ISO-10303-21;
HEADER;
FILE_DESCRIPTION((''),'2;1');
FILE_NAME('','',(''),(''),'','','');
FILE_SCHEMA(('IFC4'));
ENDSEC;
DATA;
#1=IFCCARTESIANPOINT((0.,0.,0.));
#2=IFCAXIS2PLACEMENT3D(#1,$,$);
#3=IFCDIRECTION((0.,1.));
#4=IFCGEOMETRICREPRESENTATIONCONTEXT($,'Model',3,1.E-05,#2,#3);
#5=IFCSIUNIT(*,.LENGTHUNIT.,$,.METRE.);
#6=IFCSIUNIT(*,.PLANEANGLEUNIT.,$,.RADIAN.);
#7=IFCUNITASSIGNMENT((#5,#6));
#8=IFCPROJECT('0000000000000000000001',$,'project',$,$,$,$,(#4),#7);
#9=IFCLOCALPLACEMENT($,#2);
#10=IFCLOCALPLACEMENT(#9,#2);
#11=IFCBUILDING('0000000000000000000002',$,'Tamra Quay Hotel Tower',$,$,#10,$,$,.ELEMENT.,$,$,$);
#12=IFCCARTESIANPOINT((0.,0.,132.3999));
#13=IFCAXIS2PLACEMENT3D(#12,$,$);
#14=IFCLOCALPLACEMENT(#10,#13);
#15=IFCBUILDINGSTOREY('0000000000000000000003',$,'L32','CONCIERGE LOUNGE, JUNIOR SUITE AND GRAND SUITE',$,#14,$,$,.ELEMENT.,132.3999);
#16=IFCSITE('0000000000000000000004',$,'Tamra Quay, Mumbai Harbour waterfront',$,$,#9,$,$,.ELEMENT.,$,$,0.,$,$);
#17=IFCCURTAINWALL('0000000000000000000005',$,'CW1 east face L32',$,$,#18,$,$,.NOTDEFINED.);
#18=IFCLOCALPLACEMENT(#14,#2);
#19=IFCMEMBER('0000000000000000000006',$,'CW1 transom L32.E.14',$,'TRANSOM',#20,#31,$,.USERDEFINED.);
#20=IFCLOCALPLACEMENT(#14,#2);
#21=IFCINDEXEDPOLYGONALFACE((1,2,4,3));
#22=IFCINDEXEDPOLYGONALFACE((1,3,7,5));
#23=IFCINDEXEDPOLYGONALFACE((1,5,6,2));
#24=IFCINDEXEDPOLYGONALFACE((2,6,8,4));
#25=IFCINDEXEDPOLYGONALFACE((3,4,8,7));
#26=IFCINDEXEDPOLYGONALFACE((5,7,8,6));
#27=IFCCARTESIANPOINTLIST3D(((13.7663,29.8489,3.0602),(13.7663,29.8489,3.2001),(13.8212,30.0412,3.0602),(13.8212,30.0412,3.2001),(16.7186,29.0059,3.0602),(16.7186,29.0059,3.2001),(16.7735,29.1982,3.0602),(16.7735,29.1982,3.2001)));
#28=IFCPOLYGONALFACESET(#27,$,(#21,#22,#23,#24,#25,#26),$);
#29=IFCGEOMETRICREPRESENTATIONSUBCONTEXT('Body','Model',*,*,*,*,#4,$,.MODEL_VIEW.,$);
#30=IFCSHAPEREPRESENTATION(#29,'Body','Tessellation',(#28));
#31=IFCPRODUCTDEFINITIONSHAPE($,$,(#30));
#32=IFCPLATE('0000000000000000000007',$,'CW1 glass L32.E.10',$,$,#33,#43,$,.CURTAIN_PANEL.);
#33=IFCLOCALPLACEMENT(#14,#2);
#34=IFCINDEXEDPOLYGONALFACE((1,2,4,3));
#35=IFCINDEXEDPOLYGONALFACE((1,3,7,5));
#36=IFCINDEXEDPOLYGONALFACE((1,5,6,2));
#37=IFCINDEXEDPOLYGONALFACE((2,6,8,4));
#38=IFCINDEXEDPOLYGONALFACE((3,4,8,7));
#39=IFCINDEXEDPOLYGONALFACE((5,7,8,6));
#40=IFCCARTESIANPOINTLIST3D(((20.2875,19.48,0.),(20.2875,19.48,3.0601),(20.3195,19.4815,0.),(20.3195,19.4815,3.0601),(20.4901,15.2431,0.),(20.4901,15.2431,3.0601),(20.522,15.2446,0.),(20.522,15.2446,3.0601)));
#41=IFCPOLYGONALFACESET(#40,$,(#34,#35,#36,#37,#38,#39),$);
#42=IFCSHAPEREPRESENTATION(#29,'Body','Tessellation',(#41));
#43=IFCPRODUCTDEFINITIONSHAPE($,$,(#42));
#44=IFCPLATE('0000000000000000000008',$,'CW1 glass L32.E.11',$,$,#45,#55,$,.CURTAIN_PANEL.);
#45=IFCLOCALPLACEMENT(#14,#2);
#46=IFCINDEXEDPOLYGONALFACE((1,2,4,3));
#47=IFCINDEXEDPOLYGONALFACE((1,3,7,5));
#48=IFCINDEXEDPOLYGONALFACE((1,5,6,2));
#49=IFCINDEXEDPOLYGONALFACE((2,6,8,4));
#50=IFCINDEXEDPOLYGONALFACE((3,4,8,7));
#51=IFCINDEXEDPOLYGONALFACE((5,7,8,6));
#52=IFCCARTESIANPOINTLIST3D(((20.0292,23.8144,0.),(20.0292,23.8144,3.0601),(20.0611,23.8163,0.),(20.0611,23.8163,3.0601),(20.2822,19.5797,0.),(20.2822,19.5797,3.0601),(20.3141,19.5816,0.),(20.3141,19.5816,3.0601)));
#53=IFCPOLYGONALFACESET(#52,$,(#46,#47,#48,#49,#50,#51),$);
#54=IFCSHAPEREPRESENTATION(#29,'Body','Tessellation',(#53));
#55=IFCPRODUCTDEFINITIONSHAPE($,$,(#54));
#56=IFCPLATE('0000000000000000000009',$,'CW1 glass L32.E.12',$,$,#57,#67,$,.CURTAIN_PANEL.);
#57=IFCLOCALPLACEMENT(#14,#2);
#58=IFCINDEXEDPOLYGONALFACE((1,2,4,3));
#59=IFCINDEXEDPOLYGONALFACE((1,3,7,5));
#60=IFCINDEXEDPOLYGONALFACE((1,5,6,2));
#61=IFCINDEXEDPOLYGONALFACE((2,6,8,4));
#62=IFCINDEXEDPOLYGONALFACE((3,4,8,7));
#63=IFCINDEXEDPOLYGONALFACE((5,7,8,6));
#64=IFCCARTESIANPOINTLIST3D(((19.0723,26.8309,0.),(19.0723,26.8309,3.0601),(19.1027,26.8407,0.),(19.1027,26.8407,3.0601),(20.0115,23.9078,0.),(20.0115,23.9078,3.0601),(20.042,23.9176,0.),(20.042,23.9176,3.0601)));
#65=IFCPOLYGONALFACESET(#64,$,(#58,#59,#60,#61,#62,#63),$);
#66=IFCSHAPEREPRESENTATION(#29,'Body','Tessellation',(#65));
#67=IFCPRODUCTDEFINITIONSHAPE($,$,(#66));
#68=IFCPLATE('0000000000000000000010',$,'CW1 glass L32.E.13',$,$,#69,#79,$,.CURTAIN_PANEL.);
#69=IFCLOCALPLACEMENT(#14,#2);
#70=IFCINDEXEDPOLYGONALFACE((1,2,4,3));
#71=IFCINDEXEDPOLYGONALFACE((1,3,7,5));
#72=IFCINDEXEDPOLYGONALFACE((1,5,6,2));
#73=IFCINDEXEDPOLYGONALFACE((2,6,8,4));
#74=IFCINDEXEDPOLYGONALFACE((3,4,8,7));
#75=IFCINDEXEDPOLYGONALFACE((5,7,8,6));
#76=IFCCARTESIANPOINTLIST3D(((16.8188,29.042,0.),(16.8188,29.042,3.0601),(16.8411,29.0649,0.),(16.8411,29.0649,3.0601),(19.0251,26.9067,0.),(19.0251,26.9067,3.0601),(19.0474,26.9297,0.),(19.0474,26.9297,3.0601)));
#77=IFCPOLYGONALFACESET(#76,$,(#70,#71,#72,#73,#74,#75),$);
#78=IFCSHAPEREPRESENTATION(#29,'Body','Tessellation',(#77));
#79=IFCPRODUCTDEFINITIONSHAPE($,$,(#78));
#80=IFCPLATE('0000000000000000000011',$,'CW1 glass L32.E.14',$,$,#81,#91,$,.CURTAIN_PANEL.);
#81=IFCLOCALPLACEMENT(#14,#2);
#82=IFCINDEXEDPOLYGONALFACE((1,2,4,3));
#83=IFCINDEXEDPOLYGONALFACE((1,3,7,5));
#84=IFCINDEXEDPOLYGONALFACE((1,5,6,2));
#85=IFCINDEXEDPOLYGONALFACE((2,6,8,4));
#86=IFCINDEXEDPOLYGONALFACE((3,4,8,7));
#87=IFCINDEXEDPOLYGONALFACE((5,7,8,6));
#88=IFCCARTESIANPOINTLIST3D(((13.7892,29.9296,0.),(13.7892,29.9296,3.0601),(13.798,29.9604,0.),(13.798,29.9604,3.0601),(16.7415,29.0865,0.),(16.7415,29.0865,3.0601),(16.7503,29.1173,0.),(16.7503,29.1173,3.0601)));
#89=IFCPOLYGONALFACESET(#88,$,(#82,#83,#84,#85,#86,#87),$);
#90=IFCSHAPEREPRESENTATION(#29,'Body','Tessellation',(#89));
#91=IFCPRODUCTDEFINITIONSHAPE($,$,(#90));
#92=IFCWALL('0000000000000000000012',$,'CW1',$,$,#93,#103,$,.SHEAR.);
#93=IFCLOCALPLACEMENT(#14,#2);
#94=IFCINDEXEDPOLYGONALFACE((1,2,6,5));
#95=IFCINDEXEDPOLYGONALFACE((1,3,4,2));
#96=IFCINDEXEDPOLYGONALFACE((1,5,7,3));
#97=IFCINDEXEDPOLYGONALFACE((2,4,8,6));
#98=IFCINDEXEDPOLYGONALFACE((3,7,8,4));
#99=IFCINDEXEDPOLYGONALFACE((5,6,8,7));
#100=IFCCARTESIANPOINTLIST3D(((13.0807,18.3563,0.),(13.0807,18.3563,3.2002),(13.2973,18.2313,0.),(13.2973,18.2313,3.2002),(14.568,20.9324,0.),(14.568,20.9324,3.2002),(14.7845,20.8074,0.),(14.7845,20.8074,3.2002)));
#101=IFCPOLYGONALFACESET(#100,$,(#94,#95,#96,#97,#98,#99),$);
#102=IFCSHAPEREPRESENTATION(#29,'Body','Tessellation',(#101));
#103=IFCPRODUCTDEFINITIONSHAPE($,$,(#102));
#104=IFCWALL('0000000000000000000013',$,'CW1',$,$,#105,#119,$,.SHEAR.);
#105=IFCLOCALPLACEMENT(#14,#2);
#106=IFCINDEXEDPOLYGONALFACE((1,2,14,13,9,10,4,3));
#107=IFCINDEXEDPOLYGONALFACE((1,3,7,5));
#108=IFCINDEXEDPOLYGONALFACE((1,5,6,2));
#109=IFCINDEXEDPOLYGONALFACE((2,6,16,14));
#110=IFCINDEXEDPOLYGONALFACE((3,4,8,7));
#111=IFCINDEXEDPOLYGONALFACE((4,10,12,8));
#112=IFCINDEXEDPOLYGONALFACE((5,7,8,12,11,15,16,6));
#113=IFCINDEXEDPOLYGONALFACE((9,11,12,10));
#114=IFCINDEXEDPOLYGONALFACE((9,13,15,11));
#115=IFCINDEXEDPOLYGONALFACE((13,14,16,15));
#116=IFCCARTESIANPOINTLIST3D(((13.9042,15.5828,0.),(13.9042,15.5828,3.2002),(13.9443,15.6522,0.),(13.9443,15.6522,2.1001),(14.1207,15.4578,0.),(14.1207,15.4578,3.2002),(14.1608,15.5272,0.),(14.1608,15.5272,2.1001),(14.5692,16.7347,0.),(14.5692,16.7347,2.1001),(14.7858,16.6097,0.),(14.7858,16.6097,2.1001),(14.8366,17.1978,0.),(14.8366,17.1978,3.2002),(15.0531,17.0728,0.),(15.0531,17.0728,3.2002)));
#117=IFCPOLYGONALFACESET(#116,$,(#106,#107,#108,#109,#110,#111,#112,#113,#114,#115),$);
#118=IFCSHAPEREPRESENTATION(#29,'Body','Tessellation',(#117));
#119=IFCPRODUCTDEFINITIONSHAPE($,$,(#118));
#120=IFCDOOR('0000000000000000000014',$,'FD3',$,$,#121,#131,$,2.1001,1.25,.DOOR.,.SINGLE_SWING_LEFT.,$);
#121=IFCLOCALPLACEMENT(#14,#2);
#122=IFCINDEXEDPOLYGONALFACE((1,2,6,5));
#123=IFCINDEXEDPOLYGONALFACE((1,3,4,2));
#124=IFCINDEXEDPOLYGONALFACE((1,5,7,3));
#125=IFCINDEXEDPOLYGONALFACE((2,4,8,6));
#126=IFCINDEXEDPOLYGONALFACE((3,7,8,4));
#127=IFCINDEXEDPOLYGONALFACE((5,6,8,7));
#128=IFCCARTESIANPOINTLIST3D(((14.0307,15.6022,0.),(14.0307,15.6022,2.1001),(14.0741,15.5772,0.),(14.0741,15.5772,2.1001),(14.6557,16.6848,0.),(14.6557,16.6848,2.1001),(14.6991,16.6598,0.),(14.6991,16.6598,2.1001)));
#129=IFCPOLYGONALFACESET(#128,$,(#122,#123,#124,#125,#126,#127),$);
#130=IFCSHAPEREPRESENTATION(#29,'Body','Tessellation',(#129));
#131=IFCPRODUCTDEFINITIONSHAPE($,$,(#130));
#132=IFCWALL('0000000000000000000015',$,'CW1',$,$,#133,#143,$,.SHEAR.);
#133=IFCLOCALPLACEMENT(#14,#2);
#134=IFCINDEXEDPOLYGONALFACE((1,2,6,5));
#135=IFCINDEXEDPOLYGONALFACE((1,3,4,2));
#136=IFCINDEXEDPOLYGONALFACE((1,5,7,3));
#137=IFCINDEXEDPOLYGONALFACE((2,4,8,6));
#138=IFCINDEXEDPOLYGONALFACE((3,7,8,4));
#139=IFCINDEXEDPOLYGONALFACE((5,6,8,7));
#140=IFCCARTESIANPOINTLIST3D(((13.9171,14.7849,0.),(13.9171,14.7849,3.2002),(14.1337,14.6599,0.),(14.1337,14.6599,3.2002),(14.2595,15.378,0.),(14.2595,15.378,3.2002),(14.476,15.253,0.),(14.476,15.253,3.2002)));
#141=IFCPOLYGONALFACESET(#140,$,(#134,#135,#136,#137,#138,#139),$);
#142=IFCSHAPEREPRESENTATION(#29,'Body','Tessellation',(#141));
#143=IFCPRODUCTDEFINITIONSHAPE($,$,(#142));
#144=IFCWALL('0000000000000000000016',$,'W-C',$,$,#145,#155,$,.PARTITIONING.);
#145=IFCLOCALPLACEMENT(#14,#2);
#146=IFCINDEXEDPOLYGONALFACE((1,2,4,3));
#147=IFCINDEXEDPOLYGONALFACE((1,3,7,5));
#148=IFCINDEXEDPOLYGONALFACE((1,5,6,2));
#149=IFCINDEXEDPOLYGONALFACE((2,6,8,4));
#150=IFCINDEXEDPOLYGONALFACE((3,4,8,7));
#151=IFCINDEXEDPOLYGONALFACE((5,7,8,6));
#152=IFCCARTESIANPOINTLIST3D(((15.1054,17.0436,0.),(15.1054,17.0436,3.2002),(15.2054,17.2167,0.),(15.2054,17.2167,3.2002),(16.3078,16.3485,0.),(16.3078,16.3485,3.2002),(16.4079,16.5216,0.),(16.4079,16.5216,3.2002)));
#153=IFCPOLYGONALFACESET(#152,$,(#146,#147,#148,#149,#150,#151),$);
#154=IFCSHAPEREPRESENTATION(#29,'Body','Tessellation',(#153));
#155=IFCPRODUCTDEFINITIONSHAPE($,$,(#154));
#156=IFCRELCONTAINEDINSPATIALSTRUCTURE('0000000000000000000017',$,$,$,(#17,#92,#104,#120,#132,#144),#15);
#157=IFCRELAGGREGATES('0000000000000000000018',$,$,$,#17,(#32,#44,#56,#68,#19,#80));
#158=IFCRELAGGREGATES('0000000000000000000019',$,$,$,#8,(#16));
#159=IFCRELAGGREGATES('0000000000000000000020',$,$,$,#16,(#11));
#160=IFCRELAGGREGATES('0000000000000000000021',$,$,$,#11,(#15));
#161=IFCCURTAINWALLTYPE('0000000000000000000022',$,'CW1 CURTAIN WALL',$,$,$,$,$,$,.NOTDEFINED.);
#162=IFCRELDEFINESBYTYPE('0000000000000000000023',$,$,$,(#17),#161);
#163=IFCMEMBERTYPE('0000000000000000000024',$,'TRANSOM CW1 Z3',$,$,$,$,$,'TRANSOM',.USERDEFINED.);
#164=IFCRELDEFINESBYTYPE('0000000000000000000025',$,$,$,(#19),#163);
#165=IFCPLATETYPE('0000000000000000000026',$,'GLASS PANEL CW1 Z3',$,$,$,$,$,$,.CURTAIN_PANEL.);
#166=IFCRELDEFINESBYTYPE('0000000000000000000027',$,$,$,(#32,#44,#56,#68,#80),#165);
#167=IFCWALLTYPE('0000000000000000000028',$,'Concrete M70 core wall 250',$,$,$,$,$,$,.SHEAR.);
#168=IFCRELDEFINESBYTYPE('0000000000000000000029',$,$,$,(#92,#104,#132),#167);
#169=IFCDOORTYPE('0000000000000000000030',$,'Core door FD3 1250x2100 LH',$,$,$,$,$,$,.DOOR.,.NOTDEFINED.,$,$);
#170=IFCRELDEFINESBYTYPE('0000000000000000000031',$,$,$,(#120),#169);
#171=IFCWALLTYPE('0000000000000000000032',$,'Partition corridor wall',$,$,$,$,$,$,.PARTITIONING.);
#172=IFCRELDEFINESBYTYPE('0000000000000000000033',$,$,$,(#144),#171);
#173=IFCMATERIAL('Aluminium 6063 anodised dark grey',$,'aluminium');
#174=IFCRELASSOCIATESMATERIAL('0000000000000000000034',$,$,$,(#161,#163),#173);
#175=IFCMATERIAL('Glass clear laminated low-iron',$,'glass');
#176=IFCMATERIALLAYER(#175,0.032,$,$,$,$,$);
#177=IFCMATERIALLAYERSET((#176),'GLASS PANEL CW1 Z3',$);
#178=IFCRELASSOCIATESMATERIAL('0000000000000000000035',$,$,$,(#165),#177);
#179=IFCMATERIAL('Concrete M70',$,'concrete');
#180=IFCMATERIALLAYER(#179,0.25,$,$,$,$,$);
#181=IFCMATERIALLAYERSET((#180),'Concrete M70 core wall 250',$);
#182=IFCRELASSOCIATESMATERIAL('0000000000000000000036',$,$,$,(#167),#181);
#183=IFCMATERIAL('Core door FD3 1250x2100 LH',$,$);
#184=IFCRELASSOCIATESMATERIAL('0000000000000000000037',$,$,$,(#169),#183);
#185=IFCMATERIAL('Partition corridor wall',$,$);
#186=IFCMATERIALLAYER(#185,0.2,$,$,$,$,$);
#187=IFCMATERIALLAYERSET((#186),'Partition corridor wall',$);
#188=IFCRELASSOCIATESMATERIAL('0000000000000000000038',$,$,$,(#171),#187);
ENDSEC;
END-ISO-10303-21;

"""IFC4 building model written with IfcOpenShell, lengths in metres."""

from ifc_helpers import new_model, si_unit, direction, frame, frame_2d, origin, origin_2d, place, context, subcontext, project, spatial, rectangle, extrude, material, layer, layer_set, material_profile, profile_set, type_object, element, fill, aggregate, save


model = new_model("IFC4")

# Units and contexts
model_context = context("Model", 3, precision=1e-05, world=origin(), true_north=direction((0.0, 1.0)))
body_context = subcontext(model_context, "Body", "Model", "MODEL_VIEW")
ifc_project = project(units=[si_unit("LENGTHUNIT", "METRE"), si_unit("PLANEANGLEUNIT", "RADIAN")], contexts=[model_context])

# Site, building, storey
site_placement = place(None, origin())
site = spatial("IfcSite", under=ifc_project, at=site_placement, Name="Tamra Quay, Mumbai Harbour waterfront", CompositionType="ELEMENT", RefElevation=0.0)
building_placement = place(site_placement, origin())
building = spatial("IfcBuilding", under=site, at=building_placement, Name="Tamra Quay Hotel Tower", CompositionType="ELEMENT")
storey_placement = place(building_placement, frame((0.0, 0.0, 132.3999)))
storey = spatial("IfcBuildingStorey", under=building, at=storey_placement, Name="L32", Description="CONCIERGE LOUNGE, JUNIOR SUITE AND GRAND SUITE", CompositionType="ELEMENT", Elevation=132.3999)

# Shared definitions
ifc_material_1 = material(Name="Concrete M70", Category="concrete")

# Curtain wall
ifc_material_2 = material(Name="Aluminium 6063 anodised dark grey", Category="aluminium")
curtain_wall_type = type_object("IfcCurtainWallType", Name="CW1 CURTAIN WALL", PredefinedType="NOTDEFINED", material=ifc_material_2)
curtain_wall_placement = place(storey_placement, origin())
curtain_wall = element("IfcCurtainWall", 1, at=curtain_wall_placement, inside=storey, type_object=curtain_wall_type, Name="CW1 east face L32", PredefinedType="NOTDEFINED")

# Member
ifc_material_profile_1 = material_profile(ifc_material_2, rectangle(XDim=0.2, YDim=0.1399, at=origin_2d()), Name="TRANSOM 200X140")
ifc_profile_set_1 = profile_set([ifc_material_profile_1], Name="Aluminium 6063 anodised dark grey")
member_type_1 = type_object("IfcMemberType", Name="TRANSOM CW1 Z3", ElementType="TRANSOM", PredefinedType="USERDEFINED", material=ifc_profile_set_1)
member_1_placement = place(storey_placement, frame((16.7461, 29.1021, 3.1301), z_axis=(-0.961569, 0.274564, 0.0), x_axis=(-0.274564, -0.961569, 0.0)))
member_1 = element("IfcMember", 2, at=member_1_placement, type_object=member_type_1, Name="CW1 transom L32.E.14", ObjectType="TRANSOM", PredefinedType="USERDEFINED", context=body_context, shape_type="SweptSolid", body=[
    extrude(rectangle(XDim=0.2, YDim=0.1399, at=origin_2d()), origin(), (0.0, 0.0, 1.0), 3.0703),
])

# Plates
ifc_material_3 = material(Name="Glass clear laminated low-iron", Category="glass")
ifc_layer_1 = layer(ifc_material_3, 0.032)
ifc_layer_set_1 = layer_set([ifc_layer_1], Name="GLASS PANEL CW1 Z3")
plate_type = type_object("IfcPlateType", Name="GLASS PANEL CW1 Z3", PredefinedType="CURTAIN_PANEL", material=ifc_layer_set_1)
plate_1_placement = place(storey_placement, frame((20.4048, 17.3623, 0.0), z_axis=(0.0, 0.0, 1.0), x_axis=(-0.047747, 0.998859, 0.0)))
plate_1 = element("IfcPlate", 3, at=plate_1_placement, type_object=plate_type, Name="CW1 glass L32.E.10", PredefinedType="CURTAIN_PANEL", context=body_context, shape_type="SweptSolid", body=[
    extrude(rectangle(XDim=4.2417, YDim=0.032, at=origin_2d()), origin(), (0.0, 0.0, 1.0), 3.0601),
])
plate_2_placement = place(storey_placement, frame((20.1716, 21.698, 0.0), z_axis=(0.0, 0.0, 1.0), x_axis=(-0.059642, 0.99822, 0.0)))
plate_2 = element("IfcPlate", 4, at=plate_2_placement, type_object=plate_type, Name="CW1 glass L32.E.11", PredefinedType="CURTAIN_PANEL", context=body_context, shape_type="SweptSolid", body=[
    extrude(rectangle(XDim=4.2422, YDim=0.032, at=origin_2d()), origin(), (0.0, 0.0, 1.0), 3.0601),
])
plate_3_placement = place(storey_placement, frame((19.5571, 25.3743, 0.0), z_axis=(0.0, 0.0, 1.0), x_axis=(-0.305915, 0.952059, 0.0)))
plate_3 = element("IfcPlate", 5, at=plate_3_placement, type_object=plate_type, Name="CW1 glass L32.E.12", PredefinedType="CURTAIN_PANEL", context=body_context, shape_type="SweptSolid", body=[
    extrude(rectangle(XDim=3.0703, YDim=0.032, at=origin_2d()), origin(), (0.0, 0.0, 1.0), 3.0601),
])
plate_4_placement = place(storey_placement, frame((17.9331, 27.9858, 0.0), z_axis=(0.0, 0.0, 1.0), x_axis=(-0.718584, 0.69544, 0.0)))
plate_4 = element("IfcPlate", 6, at=plate_4_placement, type_object=plate_type, Name="CW1 glass L32.E.13", PredefinedType="CURTAIN_PANEL", context=body_context, shape_type="SweptSolid", body=[
    extrude(rectangle(XDim=3.0703, YDim=0.032, at=origin_2d()), origin(), (0.0, 0.0, 1.0), 3.0601),
])
plate_5_placement = place(storey_placement, frame((15.2698, 29.5234, 0.0), z_axis=(0.0, 0.0, 1.0), x_axis=(-0.961561, 0.274593, 0.0)))
plate_5 = element("IfcPlate", 7, at=plate_5_placement, type_object=plate_type, Name="CW1 glass L32.E.14", PredefinedType="CURTAIN_PANEL", context=body_context, shape_type="SweptSolid", body=[
    extrude(rectangle(XDim=3.0703, YDim=0.032, at=origin_2d()), origin(), (0.0, 0.0, 1.0), 3.0601),
])
aggregate(curtain_wall, [plate_1, plate_2, plate_3, plate_4, member_1, plate_5])

# Wall
ifc_layer_2 = layer(ifc_material_1, 0.25)
ifc_layer_set_2 = layer_set([ifc_layer_2], Name="Concrete M70 core wall 250")
wall_type_1 = type_object("IfcWallType", Name="Concrete M70 core wall 250", PredefinedType="SHEAR", material=ifc_layer_set_2)
wall_1_placement = place(storey_placement, frame((14.6763, 20.8699, 0.0), z_axis=(0.0, 0.0, 1.0), x_axis=(-0.499988, -0.866033, 0.0)))
element("IfcWall", 8, at=wall_1_placement, inside=storey, type_object=wall_type_1, Name="CW1", PredefinedType="SHEAR", context=body_context, shape_type="SweptSolid", body=[
    extrude(rectangle(XDim=2.9746, YDim=0.25, at=frame_2d((1.4873, 0.0))), origin(), (0.0, 0.0, 1.0), 3.2002),
])

# Wall, opening, door
wall_2_placement = place(storey_placement, frame((14.9448, 17.1353, 0.0), z_axis=(0.0, 0.0, 1.0), x_axis=(-0.499983, -0.866035, 0.0)))
wall_2 = element("IfcWall", 9, at=wall_2_placement, inside=storey, type_object=wall_type_1, Name="CW1", PredefinedType="SHEAR", context=body_context, shape_type="SweptSolid", body=[
    extrude(rectangle(XDim=1.8647, YDim=0.25, at=frame_2d((0.9324, 0.0))), origin(), (0.0, 0.0, 1.0), 3.2002),
])
opening_placement = place(wall_2_placement, frame((0.5347, 0.0, 0.0)))
opening = element("IfcOpeningElement", 10, at=opening_placement, cuts=wall_2, PredefinedType="OPENING", context=body_context, shape_type="SweptSolid", body=[
    extrude(rectangle(XDim=1.25, YDim=2.1001, at=frame_2d((0.625, 1.05))), frame((0.0, 0.135, 0.0), z_axis=(0.0, -1.0, 0.0), x_axis=(1.0, 0.0, 0.0)), (0.0, 0.0, 1.0), 0.27),
])
ifc_material_4 = material(Name="Core door FD3 1250x2100 LH")
door_type = type_object("IfcDoorType", Name="Core door FD3 1250x2100 LH", OperationType="NOTDEFINED", PredefinedType="DOOR", material=ifc_material_4)
door_placement = place(opening_placement, origin())
door = element("IfcDoor", 11, at=door_placement, inside=storey, type_object=door_type, Name="FD3", OperationType="SINGLE_SWING_LEFT", OverallHeight=2.1001, OverallWidth=1.25, PredefinedType="DOOR", context=body_context, shape_type="SweptSolid", body=[
    extrude(rectangle(XDim=1.25, YDim=2.1001, at=frame_2d((0.625, 1.05))), frame((0.0, 0.0249, 0.0), z_axis=(0.0, -1.0, 0.0), x_axis=(1.0, 0.0, 0.0)), (0.0, 0.0, 1.0), 0.05),
])
fill(opening, door)

# Walls
wall_3_placement = place(storey_placement, frame((14.3677, 15.3154, 0.0), z_axis=(0.0, 0.0, 1.0), x_axis=(-0.499897, -0.866085, 0.0)))
element("IfcWall", 12, at=wall_3_placement, inside=storey, type_object=wall_type_1, Name="CW1", PredefinedType="SHEAR", context=body_context, shape_type="SweptSolid", body=[
    extrude(rectangle(XDim=0.6848, YDim=0.25, at=frame_2d((0.3423, 0.0))), origin(), (0.0, 0.0, 1.0), 3.2002),
])
ifc_material_5 = material(Name="Partition corridor wall")
ifc_layer_3 = layer(ifc_material_5, 0.2)
ifc_layer_set_3 = layer_set([ifc_layer_3], Name="Partition corridor wall")
wall_type_2 = type_object("IfcWallType", Name="Partition corridor wall", PredefinedType="PARTITIONING", material=ifc_layer_set_3)
wall_4_placement = place(storey_placement, frame((15.1555, 17.1301, 0.0), z_axis=(0.0, 0.0, 1.0), x_axis=(0.865755, -0.500468, 0.0)))
element("IfcWall", 13, at=wall_4_placement, inside=storey, type_object=wall_type_2, Name="W-C", PredefinedType="PARTITIONING", context=body_context, shape_type="SweptSolid", body=[
    extrude(rectangle(XDim=1.3889, YDim=0.2, at=frame_2d((0.6943, 0.0))), origin(), (0.0, 0.0, 1.0), 3.2002),
])

save(model, "model.ifc")
